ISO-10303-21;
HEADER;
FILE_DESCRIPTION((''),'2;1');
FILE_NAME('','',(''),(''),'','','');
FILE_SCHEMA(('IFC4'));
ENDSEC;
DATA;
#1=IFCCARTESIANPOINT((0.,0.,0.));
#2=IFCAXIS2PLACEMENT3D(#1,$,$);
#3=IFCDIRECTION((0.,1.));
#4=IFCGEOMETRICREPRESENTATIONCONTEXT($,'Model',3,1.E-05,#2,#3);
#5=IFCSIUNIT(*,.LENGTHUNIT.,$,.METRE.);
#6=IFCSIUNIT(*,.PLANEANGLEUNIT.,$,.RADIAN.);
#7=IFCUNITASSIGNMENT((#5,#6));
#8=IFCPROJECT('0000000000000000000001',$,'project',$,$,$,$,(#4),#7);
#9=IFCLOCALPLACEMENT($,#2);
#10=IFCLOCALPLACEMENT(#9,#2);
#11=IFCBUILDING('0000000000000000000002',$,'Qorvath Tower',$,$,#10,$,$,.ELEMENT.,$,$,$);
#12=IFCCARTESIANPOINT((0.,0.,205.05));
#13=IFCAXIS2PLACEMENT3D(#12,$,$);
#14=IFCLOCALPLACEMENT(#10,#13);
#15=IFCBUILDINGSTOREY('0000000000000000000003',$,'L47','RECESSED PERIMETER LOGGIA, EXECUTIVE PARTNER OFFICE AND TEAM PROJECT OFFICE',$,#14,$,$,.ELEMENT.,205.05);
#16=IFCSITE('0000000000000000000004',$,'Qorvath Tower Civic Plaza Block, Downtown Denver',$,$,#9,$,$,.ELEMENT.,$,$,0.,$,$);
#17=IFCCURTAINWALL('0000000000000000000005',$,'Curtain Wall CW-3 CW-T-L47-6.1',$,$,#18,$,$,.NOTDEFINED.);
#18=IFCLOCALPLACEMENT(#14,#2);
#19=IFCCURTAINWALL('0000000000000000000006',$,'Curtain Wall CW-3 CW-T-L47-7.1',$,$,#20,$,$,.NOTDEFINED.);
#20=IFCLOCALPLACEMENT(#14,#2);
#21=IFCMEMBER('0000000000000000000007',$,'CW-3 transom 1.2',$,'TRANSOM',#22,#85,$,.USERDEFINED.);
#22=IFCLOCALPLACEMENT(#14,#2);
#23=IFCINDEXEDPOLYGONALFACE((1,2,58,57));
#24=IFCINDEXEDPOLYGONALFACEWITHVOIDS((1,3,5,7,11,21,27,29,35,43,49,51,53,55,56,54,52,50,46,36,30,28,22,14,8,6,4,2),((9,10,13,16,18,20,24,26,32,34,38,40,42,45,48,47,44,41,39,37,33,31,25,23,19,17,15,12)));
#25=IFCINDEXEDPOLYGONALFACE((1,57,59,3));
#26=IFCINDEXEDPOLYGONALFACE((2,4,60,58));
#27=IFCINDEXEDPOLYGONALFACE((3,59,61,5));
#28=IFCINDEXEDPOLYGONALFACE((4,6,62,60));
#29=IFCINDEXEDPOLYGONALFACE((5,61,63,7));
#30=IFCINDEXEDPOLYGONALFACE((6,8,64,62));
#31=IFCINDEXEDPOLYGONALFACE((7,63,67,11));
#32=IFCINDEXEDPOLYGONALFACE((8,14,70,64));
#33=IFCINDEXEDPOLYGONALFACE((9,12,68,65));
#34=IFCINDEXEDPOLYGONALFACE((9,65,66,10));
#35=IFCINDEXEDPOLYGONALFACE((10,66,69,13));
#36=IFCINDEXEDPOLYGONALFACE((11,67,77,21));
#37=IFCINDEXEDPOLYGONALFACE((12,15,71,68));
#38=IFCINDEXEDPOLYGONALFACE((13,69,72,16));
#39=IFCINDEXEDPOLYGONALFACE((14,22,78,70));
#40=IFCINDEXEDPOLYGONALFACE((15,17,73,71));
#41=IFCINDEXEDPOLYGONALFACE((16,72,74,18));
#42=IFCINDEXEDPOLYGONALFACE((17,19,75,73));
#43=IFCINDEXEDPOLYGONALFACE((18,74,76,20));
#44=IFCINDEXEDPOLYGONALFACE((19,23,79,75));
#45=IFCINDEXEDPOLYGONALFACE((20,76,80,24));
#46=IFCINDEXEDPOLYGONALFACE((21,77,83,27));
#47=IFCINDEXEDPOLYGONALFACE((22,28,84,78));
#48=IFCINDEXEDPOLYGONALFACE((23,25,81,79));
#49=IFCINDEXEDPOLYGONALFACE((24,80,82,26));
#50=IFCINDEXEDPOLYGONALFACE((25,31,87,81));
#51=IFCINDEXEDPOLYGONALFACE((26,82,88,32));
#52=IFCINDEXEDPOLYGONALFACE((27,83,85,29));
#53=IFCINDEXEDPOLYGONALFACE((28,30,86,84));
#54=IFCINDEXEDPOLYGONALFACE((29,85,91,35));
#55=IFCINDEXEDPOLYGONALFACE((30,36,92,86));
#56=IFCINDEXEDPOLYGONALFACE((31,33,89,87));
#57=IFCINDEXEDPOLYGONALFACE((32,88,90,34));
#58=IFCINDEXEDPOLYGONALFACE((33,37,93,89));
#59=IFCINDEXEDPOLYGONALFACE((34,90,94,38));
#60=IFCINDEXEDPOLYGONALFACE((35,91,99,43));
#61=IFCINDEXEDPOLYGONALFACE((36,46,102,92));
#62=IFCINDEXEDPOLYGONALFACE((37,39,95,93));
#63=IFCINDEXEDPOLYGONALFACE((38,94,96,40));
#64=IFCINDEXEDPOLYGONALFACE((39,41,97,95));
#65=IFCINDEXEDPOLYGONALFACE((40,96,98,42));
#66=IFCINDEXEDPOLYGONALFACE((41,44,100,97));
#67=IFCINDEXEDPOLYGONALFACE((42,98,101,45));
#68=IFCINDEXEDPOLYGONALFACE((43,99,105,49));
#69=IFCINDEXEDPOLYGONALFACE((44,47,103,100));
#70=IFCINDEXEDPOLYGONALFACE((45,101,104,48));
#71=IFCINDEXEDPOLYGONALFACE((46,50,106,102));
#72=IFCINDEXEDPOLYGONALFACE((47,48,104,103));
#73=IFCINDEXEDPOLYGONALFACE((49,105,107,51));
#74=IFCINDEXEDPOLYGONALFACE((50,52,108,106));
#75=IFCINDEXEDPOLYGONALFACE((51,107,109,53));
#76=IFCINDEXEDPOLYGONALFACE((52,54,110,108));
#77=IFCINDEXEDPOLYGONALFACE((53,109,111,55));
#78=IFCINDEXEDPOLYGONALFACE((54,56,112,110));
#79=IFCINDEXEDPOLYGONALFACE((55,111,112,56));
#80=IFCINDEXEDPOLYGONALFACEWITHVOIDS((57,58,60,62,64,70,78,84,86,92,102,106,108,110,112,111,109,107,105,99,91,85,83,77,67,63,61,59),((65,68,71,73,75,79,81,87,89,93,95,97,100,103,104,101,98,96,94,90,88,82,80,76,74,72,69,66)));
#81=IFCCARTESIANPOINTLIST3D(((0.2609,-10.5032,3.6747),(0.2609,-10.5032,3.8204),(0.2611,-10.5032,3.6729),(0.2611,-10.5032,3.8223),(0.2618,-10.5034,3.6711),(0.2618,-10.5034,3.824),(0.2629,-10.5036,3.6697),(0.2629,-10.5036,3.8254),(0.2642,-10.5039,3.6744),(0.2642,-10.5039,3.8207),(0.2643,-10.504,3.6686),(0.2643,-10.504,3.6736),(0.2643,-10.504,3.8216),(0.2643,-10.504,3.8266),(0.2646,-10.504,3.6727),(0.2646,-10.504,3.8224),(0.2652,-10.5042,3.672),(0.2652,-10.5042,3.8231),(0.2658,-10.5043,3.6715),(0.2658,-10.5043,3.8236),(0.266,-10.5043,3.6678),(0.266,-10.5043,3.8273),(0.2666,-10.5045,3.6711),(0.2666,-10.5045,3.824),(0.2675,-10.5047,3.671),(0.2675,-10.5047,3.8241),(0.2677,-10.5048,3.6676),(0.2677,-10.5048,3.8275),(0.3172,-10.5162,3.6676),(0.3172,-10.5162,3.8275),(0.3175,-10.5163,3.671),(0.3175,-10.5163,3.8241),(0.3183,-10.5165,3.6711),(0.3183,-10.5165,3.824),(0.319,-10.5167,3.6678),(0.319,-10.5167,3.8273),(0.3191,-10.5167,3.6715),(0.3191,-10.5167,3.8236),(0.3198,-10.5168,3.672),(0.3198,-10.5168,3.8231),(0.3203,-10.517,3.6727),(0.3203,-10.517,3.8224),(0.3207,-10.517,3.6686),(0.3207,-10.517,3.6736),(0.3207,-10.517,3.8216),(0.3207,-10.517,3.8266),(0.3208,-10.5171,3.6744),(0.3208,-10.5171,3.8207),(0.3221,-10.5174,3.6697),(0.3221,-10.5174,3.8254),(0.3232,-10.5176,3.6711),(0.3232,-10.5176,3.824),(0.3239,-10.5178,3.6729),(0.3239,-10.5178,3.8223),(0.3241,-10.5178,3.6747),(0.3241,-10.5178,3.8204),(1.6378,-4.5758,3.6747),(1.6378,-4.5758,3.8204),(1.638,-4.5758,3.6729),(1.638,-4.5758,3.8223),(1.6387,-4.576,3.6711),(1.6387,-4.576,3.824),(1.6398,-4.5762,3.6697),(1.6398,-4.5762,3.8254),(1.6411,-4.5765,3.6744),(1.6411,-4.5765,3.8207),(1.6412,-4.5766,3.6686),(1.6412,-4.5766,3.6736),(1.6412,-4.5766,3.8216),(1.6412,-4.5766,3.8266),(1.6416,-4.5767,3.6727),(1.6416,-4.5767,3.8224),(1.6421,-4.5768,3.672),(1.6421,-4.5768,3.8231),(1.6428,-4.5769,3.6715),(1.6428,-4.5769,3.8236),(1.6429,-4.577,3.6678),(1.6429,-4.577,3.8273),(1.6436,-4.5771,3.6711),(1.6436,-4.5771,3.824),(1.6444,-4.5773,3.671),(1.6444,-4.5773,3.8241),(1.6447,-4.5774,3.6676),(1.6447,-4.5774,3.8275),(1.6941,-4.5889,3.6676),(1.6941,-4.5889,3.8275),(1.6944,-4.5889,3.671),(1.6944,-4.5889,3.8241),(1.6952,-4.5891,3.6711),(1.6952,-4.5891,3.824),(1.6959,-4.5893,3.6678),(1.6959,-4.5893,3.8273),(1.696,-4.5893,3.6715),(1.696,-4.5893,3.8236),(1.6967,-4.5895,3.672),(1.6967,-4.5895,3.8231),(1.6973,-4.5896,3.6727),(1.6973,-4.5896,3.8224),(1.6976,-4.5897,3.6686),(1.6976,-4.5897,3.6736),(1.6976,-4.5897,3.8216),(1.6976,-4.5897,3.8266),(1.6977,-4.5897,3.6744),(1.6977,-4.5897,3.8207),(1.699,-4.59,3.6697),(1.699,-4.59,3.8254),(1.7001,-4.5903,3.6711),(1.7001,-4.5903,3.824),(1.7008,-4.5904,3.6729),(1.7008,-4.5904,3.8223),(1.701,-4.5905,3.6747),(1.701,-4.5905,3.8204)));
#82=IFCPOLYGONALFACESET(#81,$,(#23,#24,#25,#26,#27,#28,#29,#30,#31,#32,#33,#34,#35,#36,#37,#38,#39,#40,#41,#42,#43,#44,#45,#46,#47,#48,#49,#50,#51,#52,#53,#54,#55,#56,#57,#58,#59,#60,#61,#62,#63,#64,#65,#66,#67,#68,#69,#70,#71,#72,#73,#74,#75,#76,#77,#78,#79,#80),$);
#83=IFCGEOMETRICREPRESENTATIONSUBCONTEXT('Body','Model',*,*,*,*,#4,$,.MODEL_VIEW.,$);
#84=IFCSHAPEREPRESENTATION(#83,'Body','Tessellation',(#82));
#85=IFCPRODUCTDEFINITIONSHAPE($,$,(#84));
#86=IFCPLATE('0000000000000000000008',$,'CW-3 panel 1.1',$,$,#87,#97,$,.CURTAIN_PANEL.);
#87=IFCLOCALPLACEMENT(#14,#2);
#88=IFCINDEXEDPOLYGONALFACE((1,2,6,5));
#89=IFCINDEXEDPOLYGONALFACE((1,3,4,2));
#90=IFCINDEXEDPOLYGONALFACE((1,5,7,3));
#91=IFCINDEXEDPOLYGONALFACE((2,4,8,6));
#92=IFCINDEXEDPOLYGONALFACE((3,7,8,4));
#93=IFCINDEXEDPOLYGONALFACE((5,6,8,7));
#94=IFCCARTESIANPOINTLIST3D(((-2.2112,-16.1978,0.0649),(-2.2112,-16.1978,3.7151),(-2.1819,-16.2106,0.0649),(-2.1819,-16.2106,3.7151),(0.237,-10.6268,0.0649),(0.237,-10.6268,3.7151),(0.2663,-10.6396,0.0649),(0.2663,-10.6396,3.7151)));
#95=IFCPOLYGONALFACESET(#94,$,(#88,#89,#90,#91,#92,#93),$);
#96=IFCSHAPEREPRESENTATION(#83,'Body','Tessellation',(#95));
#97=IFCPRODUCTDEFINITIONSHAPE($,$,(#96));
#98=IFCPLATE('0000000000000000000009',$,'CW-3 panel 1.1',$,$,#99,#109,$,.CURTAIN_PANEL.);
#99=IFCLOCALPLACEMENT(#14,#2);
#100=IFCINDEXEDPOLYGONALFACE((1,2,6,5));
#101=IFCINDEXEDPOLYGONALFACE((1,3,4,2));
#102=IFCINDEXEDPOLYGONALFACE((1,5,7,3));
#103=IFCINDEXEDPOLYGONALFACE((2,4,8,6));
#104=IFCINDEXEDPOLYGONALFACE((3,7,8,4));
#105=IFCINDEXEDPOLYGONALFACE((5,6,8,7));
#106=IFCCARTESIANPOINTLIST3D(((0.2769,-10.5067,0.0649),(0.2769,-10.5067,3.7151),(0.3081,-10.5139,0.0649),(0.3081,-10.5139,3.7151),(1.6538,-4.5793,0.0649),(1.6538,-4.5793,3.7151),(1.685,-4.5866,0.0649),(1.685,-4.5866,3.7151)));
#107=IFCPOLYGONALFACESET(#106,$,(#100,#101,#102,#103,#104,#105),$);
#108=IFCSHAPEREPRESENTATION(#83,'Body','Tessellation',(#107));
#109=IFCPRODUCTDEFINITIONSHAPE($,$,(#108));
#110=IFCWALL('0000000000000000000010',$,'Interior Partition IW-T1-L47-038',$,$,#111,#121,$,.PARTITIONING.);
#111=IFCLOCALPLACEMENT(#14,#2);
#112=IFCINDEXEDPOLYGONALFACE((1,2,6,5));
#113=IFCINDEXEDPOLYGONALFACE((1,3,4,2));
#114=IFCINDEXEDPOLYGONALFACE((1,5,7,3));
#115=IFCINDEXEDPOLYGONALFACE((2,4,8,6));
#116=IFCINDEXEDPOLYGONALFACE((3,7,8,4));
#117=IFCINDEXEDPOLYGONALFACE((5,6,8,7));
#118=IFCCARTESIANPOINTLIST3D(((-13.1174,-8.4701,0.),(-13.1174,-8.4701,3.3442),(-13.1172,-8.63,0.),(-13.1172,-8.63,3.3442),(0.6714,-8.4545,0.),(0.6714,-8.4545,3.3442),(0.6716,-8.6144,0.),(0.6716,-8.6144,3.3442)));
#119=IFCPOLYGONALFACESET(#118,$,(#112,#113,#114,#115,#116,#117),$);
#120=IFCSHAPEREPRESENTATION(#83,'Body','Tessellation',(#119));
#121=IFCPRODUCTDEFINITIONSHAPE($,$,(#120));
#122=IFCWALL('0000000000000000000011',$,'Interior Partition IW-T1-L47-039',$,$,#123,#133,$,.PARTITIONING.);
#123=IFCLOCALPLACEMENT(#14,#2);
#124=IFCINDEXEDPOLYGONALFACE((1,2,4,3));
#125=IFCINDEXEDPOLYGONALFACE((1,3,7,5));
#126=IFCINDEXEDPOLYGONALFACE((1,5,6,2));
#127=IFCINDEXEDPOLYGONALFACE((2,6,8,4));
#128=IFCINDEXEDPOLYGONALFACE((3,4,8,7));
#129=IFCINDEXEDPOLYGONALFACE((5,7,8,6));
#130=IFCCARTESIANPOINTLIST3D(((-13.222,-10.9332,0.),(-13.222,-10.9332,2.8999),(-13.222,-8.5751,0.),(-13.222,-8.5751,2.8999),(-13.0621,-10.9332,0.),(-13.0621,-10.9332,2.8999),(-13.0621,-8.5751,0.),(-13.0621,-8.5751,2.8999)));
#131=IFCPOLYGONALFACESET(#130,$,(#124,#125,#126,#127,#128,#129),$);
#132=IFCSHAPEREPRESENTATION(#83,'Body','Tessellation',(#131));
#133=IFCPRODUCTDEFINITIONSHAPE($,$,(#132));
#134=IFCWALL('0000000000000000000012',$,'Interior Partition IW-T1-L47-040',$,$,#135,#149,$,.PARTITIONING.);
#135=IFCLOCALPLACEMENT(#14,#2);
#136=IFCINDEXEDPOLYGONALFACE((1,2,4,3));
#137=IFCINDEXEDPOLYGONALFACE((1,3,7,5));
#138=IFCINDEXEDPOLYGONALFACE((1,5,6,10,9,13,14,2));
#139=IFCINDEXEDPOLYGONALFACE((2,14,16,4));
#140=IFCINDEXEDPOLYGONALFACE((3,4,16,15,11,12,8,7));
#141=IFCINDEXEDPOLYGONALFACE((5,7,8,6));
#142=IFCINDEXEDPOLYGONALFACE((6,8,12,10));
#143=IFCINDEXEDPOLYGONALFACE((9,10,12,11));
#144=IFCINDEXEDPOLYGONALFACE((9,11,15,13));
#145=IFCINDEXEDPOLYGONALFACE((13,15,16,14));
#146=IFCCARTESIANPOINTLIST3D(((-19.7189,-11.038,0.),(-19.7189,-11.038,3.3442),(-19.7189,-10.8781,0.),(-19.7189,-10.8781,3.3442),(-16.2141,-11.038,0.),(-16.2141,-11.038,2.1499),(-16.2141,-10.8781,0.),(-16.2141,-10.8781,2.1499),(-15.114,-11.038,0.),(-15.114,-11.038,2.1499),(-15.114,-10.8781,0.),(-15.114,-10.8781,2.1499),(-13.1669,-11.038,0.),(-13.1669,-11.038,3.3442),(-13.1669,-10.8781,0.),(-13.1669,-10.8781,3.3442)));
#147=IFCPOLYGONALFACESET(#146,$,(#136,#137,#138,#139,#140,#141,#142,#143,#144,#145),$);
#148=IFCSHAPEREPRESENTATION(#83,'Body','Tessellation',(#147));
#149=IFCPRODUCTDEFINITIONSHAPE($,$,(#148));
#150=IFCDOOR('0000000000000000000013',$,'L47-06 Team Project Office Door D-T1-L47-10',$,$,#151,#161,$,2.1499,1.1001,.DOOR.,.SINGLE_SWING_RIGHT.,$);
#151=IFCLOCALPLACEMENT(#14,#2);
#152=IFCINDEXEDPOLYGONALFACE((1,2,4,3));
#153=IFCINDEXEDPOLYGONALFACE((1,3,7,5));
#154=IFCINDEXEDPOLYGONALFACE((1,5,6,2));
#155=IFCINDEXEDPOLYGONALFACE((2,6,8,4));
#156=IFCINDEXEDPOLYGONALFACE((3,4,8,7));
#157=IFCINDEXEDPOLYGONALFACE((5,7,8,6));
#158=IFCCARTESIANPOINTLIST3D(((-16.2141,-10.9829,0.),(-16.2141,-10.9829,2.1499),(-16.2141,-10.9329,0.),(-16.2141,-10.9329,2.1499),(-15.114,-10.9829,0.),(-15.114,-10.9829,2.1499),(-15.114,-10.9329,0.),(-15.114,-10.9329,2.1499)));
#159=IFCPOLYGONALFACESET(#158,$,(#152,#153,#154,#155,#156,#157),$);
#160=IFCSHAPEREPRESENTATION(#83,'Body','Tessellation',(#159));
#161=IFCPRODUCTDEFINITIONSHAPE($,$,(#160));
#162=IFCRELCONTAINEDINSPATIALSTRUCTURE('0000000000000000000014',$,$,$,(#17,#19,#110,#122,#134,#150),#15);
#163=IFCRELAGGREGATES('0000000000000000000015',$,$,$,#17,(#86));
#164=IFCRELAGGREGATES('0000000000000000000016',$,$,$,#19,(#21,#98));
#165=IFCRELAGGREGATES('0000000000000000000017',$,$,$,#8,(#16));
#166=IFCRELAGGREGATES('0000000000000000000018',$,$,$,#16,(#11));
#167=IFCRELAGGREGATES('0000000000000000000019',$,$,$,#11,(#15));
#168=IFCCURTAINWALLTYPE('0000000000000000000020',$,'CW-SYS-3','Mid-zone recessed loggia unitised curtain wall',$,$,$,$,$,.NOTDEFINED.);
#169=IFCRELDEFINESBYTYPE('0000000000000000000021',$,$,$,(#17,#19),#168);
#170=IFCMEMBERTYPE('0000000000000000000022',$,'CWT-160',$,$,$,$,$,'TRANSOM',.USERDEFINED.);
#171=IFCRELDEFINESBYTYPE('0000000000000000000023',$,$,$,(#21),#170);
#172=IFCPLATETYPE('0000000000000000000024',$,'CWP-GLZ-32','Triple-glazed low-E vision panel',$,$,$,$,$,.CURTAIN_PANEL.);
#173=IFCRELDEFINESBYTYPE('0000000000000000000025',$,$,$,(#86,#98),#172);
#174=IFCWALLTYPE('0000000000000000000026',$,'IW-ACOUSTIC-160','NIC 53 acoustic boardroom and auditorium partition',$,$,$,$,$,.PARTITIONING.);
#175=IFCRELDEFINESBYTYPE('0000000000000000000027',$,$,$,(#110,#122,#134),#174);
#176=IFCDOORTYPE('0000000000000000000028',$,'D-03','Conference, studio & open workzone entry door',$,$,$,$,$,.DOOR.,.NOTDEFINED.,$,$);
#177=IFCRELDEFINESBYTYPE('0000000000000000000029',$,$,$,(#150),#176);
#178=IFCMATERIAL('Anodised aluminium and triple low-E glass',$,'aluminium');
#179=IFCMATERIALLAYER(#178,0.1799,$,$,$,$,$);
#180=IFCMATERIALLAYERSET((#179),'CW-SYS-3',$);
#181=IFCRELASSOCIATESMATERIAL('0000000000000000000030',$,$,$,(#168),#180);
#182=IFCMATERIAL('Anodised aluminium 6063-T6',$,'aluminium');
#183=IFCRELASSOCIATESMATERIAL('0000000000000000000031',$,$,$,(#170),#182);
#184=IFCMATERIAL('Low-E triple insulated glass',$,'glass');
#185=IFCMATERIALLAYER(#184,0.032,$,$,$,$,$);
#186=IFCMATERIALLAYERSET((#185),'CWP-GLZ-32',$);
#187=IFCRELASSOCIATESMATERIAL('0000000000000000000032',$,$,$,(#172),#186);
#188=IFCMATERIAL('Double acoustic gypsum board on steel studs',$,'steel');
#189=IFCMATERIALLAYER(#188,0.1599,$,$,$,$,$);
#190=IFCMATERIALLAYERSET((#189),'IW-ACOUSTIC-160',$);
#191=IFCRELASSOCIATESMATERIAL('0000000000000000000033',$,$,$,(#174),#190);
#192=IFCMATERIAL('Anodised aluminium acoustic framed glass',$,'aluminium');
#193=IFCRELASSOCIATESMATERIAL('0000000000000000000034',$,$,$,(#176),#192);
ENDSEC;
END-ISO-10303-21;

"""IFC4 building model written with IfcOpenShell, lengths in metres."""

from ifc_helpers import new_model, si_unit, direction, frame, frame_2d, origin, origin_2d, place, context, subcontext, project, spatial, rectangle, hollow_rectangle, extrude, material, layer, layer_set, material_profile, profile_set, type_object, element, fill, aggregate, save


model = new_model("IFC4")

# Units and contexts
model_context = context("Model", 3, precision=1e-05, world=origin(), true_north=direction((0.0, 1.0)))
body_context = subcontext(model_context, "Body", "Model", "MODEL_VIEW")
ifc_project = project(units=[si_unit("LENGTHUNIT", "METRE"), si_unit("PLANEANGLEUNIT", "RADIAN")], contexts=[model_context])

# Site, building, storey
site_placement = place(None, origin())
site = spatial("IfcSite", under=ifc_project, at=site_placement, Name="Qorvath Tower Civic Plaza Block, Downtown Denver", CompositionType="ELEMENT", RefElevation=0.0)
building_placement = place(site_placement, origin())
building = spatial("IfcBuilding", under=site, at=building_placement, Name="Qorvath Tower", CompositionType="ELEMENT")
storey_placement = place(building_placement, frame((0.0, 0.0, 205.05)))
storey = spatial("IfcBuildingStorey", under=building, at=storey_placement, Name="L47", Description="RECESSED PERIMETER LOGGIA, EXECUTIVE PARTNER OFFICE AND TEAM PROJECT OFFICE", CompositionType="ELEMENT", Elevation=205.05)

# Curtain wall
ifc_material_1 = material(Name="Anodised aluminium and triple low-E glass", Category="aluminium")
ifc_layer_1 = layer(ifc_material_1, 0.1799)
ifc_layer_set_1 = layer_set([ifc_layer_1], Name="CW-SYS-3")
curtain_wall_type = type_object("IfcCurtainWallType", Name="CW-SYS-3", Description="Mid-zone recessed loggia unitised curtain wall", PredefinedType="NOTDEFINED", material=ifc_layer_set_1)
curtain_wall_1_placement = place(storey_placement, origin())
curtain_wall_1 = element("IfcCurtainWall", 1, at=curtain_wall_1_placement, inside=storey, type_object=curtain_wall_type, Name="Curtain Wall CW-3 CW-T-L47-6.1", PredefinedType="NOTDEFINED")

# Curtain wall
curtain_wall_2_placement = place(storey_placement, origin())
curtain_wall_2 = element("IfcCurtainWall", 2, at=curtain_wall_2_placement, inside=storey, type_object=curtain_wall_type, Name="Curtain Wall CW-3 CW-T-L47-7.1", PredefinedType="NOTDEFINED")

# Member
ifc_material_2 = material(Name="Anodised aluminium 6063-T6", Category="aluminium")
ifc_material_profile_1 = material_profile(ifc_material_2, hollow_rectangle(XDim=0.0649, YDim=0.1599, WallThickness=0.0034, InnerFilletRadius=0.0034, OuterFilletRadius=0.0071, at=origin_2d()), Name="CWT 160x65")
ifc_profile_set_1 = profile_set([ifc_material_profile_1], Name="Anodised aluminium 6063-T6")
member_type_1 = type_object("IfcMemberType", Name="CWT-160", ElementType="TRANSOM", PredefinedType="USERDEFINED", material=ifc_profile_set_1)
member_1_placement = place(storey_placement, frame((0.2925, -10.5105, 3.7476), z_axis=(0.226274, 0.974064, 0.0), x_axis=(-0.974064, 0.226274, 0.0)))
member_1 = element("IfcMember", 3, at=member_1_placement, type_object=member_type_1, Name="CW-3 transom 1.2", ObjectType="TRANSOM", PredefinedType="USERDEFINED", context=body_context, shape_type="SweptSolid", body=[
    extrude(hollow_rectangle(XDim=0.0649, YDim=0.1599, WallThickness=0.0034, InnerFilletRadius=0.0034, OuterFilletRadius=0.0071, at=origin_2d()), origin(), (0.0, 0.0, 1.0), 6.0852),
])

# Plates
ifc_material_3 = material(Name="Low-E triple insulated glass", Category="glass")
ifc_layer_2 = layer(ifc_material_3, 0.032)
ifc_layer_set_2 = layer_set([ifc_layer_2], Name="CWP-GLZ-32")
plate_type = type_object("IfcPlateType", Name="CWP-GLZ-32", Description="Triple-glazed low-E vision panel", PredefinedType="CURTAIN_PANEL", material=ifc_layer_set_2)
plate_1_placement = place(storey_placement, frame((-0.9724, -13.4187, 0.0649), z_axis=(0.0, 0.0, 1.0), x_axis=(0.402321, 0.915499, 0.0)))
plate_1 = element("IfcPlate", 4, at=plate_1_placement, type_object=plate_type, Name="CW-3 panel 1.1", PredefinedType="CURTAIN_PANEL", context=body_context, shape_type="SweptSolid", body=[
    extrude(rectangle(XDim=6.0852, YDim=0.032, at=origin_2d()), origin(), (0.0, 0.0, 1.0), 3.6501),
])
aggregate(curtain_wall_1, [plate_1])
plate_2_placement = place(storey_placement, frame((0.981, -7.5466, 0.0649), z_axis=(0.0, 0.0, 1.0), x_axis=(0.226272, 0.974064, 0.0)))
plate_2 = element("IfcPlate", 5, at=plate_2_placement, type_object=plate_type, Name="CW-3 panel 1.1", PredefinedType="CURTAIN_PANEL", context=body_context, shape_type="SweptSolid", body=[
    extrude(rectangle(XDim=6.0852, YDim=0.032, at=origin_2d()), origin(), (0.0, 0.0, 1.0), 3.6501),
])
aggregate(curtain_wall_2, [member_1, plate_2])

# Walls
ifc_material_4 = material(Name="Double acoustic gypsum board on steel studs", Category="steel")
ifc_layer_3 = layer(ifc_material_4, 0.1599)
ifc_layer_set_3 = layer_set([ifc_layer_3], Name="IW-ACOUSTIC-160")
wall_type_1 = type_object("IfcWallType", Name="IW-ACOUSTIC-160", Description="NIC 53 acoustic boardroom and auditorium partition", PredefinedType="PARTITIONING", material=ifc_layer_set_3)
wall_1_placement = place(storey_placement, frame((0.6716, -8.5344, 0.0), z_axis=(0.0, 0.0, 1.0), x_axis=(-0.999999, -0.001133, 0.0)))
element("IfcWall", 6, at=wall_1_placement, inside=storey, type_object=wall_type_1, Name="Interior Partition IW-T1-L47-038", PredefinedType="PARTITIONING", context=body_context, shape_type="SweptSolid", body=[
    extrude(rectangle(XDim=13.7888, YDim=0.1599, at=frame_2d((6.8945, 0.0))), origin(), (0.0, 0.0, 1.0), 3.3442),
])
wall_2_placement = place(storey_placement, frame((-13.1421, -8.575, 0.0), z_axis=(0.0, 0.0, 1.0), x_axis=(0.0, -1.0, 0.0)))
element("IfcWall", 7, at=wall_2_placement, inside=storey, type_object=wall_type_1, Name="Interior Partition IW-T1-L47-039", PredefinedType="PARTITIONING", context=body_context, shape_type="SweptSolid", body=[
    extrude(rectangle(XDim=2.3582, YDim=0.1599, at=frame_2d((1.1792, 0.0))), origin(), (0.0, 0.0, 1.0), 2.8999),
])

# Wall, opening, door
wall_3_placement = place(storey_placement, frame((-13.167, -10.958, 0.0), z_axis=(0.0, 0.0, 1.0), x_axis=(-1.0, 0.0, 0.0)))
wall_3 = element("IfcWall", 8, at=wall_3_placement, inside=storey, type_object=wall_type_1, Name="Interior Partition IW-T1-L47-040", PredefinedType="PARTITIONING", context=body_context, shape_type="SweptSolid", body=[
    extrude(rectangle(XDim=6.552, YDim=0.1599, at=frame_2d((3.2759, 0.0))), origin(), (0.0, 0.0, 1.0), 3.3442),
])
opening_1_placement = place(wall_3_placement, frame((1.947, 0.0, 0.0)))
opening_1 = element("IfcOpeningElement", 9, at=opening_1_placement, cuts=wall_3, PredefinedType="OPENING", context=body_context, shape_type="SweptSolid", body=[
    extrude(rectangle(XDim=1.1001, YDim=2.1499, at=frame_2d((0.55, 1.075))), frame((0.0, 0.0898, 0.0), z_axis=(0.0, -1.0, 0.0), x_axis=(1.0, 0.0, 0.0)), (0.0, 0.0, 1.0), 0.1799),
])
ifc_material_5 = material(Name="Anodised aluminium acoustic framed glass", Category="aluminium")
door_type_1 = type_object("IfcDoorType", Name="D-03", Description="Conference, studio & open workzone entry door", OperationType="NOTDEFINED", PredefinedType="DOOR", material=ifc_material_5)
door_1_placement = place(opening_1_placement, origin())
door_1 = element("IfcDoor", 10, at=door_1_placement, inside=storey, type_object=door_type_1, Name="L47-06 Team Project Office Door D-T1-L47-10", OperationType="SINGLE_SWING_RIGHT", OverallHeight=2.1499, OverallWidth=1.1001, PredefinedType="DOOR", context=body_context, shape_type="SweptSolid", body=[
    extrude(rectangle(XDim=1.1001, YDim=2.1499, at=frame_2d((0.55, 1.075))), frame((0.0, 0.0249, 0.0), z_axis=(0.0, -1.0, 0.0), x_axis=(1.0, 0.0, 0.0)), (0.0, 0.0, 1.0), 0.05),
])
fill(opening_1, door_1)

save(model, "model.ifc")
